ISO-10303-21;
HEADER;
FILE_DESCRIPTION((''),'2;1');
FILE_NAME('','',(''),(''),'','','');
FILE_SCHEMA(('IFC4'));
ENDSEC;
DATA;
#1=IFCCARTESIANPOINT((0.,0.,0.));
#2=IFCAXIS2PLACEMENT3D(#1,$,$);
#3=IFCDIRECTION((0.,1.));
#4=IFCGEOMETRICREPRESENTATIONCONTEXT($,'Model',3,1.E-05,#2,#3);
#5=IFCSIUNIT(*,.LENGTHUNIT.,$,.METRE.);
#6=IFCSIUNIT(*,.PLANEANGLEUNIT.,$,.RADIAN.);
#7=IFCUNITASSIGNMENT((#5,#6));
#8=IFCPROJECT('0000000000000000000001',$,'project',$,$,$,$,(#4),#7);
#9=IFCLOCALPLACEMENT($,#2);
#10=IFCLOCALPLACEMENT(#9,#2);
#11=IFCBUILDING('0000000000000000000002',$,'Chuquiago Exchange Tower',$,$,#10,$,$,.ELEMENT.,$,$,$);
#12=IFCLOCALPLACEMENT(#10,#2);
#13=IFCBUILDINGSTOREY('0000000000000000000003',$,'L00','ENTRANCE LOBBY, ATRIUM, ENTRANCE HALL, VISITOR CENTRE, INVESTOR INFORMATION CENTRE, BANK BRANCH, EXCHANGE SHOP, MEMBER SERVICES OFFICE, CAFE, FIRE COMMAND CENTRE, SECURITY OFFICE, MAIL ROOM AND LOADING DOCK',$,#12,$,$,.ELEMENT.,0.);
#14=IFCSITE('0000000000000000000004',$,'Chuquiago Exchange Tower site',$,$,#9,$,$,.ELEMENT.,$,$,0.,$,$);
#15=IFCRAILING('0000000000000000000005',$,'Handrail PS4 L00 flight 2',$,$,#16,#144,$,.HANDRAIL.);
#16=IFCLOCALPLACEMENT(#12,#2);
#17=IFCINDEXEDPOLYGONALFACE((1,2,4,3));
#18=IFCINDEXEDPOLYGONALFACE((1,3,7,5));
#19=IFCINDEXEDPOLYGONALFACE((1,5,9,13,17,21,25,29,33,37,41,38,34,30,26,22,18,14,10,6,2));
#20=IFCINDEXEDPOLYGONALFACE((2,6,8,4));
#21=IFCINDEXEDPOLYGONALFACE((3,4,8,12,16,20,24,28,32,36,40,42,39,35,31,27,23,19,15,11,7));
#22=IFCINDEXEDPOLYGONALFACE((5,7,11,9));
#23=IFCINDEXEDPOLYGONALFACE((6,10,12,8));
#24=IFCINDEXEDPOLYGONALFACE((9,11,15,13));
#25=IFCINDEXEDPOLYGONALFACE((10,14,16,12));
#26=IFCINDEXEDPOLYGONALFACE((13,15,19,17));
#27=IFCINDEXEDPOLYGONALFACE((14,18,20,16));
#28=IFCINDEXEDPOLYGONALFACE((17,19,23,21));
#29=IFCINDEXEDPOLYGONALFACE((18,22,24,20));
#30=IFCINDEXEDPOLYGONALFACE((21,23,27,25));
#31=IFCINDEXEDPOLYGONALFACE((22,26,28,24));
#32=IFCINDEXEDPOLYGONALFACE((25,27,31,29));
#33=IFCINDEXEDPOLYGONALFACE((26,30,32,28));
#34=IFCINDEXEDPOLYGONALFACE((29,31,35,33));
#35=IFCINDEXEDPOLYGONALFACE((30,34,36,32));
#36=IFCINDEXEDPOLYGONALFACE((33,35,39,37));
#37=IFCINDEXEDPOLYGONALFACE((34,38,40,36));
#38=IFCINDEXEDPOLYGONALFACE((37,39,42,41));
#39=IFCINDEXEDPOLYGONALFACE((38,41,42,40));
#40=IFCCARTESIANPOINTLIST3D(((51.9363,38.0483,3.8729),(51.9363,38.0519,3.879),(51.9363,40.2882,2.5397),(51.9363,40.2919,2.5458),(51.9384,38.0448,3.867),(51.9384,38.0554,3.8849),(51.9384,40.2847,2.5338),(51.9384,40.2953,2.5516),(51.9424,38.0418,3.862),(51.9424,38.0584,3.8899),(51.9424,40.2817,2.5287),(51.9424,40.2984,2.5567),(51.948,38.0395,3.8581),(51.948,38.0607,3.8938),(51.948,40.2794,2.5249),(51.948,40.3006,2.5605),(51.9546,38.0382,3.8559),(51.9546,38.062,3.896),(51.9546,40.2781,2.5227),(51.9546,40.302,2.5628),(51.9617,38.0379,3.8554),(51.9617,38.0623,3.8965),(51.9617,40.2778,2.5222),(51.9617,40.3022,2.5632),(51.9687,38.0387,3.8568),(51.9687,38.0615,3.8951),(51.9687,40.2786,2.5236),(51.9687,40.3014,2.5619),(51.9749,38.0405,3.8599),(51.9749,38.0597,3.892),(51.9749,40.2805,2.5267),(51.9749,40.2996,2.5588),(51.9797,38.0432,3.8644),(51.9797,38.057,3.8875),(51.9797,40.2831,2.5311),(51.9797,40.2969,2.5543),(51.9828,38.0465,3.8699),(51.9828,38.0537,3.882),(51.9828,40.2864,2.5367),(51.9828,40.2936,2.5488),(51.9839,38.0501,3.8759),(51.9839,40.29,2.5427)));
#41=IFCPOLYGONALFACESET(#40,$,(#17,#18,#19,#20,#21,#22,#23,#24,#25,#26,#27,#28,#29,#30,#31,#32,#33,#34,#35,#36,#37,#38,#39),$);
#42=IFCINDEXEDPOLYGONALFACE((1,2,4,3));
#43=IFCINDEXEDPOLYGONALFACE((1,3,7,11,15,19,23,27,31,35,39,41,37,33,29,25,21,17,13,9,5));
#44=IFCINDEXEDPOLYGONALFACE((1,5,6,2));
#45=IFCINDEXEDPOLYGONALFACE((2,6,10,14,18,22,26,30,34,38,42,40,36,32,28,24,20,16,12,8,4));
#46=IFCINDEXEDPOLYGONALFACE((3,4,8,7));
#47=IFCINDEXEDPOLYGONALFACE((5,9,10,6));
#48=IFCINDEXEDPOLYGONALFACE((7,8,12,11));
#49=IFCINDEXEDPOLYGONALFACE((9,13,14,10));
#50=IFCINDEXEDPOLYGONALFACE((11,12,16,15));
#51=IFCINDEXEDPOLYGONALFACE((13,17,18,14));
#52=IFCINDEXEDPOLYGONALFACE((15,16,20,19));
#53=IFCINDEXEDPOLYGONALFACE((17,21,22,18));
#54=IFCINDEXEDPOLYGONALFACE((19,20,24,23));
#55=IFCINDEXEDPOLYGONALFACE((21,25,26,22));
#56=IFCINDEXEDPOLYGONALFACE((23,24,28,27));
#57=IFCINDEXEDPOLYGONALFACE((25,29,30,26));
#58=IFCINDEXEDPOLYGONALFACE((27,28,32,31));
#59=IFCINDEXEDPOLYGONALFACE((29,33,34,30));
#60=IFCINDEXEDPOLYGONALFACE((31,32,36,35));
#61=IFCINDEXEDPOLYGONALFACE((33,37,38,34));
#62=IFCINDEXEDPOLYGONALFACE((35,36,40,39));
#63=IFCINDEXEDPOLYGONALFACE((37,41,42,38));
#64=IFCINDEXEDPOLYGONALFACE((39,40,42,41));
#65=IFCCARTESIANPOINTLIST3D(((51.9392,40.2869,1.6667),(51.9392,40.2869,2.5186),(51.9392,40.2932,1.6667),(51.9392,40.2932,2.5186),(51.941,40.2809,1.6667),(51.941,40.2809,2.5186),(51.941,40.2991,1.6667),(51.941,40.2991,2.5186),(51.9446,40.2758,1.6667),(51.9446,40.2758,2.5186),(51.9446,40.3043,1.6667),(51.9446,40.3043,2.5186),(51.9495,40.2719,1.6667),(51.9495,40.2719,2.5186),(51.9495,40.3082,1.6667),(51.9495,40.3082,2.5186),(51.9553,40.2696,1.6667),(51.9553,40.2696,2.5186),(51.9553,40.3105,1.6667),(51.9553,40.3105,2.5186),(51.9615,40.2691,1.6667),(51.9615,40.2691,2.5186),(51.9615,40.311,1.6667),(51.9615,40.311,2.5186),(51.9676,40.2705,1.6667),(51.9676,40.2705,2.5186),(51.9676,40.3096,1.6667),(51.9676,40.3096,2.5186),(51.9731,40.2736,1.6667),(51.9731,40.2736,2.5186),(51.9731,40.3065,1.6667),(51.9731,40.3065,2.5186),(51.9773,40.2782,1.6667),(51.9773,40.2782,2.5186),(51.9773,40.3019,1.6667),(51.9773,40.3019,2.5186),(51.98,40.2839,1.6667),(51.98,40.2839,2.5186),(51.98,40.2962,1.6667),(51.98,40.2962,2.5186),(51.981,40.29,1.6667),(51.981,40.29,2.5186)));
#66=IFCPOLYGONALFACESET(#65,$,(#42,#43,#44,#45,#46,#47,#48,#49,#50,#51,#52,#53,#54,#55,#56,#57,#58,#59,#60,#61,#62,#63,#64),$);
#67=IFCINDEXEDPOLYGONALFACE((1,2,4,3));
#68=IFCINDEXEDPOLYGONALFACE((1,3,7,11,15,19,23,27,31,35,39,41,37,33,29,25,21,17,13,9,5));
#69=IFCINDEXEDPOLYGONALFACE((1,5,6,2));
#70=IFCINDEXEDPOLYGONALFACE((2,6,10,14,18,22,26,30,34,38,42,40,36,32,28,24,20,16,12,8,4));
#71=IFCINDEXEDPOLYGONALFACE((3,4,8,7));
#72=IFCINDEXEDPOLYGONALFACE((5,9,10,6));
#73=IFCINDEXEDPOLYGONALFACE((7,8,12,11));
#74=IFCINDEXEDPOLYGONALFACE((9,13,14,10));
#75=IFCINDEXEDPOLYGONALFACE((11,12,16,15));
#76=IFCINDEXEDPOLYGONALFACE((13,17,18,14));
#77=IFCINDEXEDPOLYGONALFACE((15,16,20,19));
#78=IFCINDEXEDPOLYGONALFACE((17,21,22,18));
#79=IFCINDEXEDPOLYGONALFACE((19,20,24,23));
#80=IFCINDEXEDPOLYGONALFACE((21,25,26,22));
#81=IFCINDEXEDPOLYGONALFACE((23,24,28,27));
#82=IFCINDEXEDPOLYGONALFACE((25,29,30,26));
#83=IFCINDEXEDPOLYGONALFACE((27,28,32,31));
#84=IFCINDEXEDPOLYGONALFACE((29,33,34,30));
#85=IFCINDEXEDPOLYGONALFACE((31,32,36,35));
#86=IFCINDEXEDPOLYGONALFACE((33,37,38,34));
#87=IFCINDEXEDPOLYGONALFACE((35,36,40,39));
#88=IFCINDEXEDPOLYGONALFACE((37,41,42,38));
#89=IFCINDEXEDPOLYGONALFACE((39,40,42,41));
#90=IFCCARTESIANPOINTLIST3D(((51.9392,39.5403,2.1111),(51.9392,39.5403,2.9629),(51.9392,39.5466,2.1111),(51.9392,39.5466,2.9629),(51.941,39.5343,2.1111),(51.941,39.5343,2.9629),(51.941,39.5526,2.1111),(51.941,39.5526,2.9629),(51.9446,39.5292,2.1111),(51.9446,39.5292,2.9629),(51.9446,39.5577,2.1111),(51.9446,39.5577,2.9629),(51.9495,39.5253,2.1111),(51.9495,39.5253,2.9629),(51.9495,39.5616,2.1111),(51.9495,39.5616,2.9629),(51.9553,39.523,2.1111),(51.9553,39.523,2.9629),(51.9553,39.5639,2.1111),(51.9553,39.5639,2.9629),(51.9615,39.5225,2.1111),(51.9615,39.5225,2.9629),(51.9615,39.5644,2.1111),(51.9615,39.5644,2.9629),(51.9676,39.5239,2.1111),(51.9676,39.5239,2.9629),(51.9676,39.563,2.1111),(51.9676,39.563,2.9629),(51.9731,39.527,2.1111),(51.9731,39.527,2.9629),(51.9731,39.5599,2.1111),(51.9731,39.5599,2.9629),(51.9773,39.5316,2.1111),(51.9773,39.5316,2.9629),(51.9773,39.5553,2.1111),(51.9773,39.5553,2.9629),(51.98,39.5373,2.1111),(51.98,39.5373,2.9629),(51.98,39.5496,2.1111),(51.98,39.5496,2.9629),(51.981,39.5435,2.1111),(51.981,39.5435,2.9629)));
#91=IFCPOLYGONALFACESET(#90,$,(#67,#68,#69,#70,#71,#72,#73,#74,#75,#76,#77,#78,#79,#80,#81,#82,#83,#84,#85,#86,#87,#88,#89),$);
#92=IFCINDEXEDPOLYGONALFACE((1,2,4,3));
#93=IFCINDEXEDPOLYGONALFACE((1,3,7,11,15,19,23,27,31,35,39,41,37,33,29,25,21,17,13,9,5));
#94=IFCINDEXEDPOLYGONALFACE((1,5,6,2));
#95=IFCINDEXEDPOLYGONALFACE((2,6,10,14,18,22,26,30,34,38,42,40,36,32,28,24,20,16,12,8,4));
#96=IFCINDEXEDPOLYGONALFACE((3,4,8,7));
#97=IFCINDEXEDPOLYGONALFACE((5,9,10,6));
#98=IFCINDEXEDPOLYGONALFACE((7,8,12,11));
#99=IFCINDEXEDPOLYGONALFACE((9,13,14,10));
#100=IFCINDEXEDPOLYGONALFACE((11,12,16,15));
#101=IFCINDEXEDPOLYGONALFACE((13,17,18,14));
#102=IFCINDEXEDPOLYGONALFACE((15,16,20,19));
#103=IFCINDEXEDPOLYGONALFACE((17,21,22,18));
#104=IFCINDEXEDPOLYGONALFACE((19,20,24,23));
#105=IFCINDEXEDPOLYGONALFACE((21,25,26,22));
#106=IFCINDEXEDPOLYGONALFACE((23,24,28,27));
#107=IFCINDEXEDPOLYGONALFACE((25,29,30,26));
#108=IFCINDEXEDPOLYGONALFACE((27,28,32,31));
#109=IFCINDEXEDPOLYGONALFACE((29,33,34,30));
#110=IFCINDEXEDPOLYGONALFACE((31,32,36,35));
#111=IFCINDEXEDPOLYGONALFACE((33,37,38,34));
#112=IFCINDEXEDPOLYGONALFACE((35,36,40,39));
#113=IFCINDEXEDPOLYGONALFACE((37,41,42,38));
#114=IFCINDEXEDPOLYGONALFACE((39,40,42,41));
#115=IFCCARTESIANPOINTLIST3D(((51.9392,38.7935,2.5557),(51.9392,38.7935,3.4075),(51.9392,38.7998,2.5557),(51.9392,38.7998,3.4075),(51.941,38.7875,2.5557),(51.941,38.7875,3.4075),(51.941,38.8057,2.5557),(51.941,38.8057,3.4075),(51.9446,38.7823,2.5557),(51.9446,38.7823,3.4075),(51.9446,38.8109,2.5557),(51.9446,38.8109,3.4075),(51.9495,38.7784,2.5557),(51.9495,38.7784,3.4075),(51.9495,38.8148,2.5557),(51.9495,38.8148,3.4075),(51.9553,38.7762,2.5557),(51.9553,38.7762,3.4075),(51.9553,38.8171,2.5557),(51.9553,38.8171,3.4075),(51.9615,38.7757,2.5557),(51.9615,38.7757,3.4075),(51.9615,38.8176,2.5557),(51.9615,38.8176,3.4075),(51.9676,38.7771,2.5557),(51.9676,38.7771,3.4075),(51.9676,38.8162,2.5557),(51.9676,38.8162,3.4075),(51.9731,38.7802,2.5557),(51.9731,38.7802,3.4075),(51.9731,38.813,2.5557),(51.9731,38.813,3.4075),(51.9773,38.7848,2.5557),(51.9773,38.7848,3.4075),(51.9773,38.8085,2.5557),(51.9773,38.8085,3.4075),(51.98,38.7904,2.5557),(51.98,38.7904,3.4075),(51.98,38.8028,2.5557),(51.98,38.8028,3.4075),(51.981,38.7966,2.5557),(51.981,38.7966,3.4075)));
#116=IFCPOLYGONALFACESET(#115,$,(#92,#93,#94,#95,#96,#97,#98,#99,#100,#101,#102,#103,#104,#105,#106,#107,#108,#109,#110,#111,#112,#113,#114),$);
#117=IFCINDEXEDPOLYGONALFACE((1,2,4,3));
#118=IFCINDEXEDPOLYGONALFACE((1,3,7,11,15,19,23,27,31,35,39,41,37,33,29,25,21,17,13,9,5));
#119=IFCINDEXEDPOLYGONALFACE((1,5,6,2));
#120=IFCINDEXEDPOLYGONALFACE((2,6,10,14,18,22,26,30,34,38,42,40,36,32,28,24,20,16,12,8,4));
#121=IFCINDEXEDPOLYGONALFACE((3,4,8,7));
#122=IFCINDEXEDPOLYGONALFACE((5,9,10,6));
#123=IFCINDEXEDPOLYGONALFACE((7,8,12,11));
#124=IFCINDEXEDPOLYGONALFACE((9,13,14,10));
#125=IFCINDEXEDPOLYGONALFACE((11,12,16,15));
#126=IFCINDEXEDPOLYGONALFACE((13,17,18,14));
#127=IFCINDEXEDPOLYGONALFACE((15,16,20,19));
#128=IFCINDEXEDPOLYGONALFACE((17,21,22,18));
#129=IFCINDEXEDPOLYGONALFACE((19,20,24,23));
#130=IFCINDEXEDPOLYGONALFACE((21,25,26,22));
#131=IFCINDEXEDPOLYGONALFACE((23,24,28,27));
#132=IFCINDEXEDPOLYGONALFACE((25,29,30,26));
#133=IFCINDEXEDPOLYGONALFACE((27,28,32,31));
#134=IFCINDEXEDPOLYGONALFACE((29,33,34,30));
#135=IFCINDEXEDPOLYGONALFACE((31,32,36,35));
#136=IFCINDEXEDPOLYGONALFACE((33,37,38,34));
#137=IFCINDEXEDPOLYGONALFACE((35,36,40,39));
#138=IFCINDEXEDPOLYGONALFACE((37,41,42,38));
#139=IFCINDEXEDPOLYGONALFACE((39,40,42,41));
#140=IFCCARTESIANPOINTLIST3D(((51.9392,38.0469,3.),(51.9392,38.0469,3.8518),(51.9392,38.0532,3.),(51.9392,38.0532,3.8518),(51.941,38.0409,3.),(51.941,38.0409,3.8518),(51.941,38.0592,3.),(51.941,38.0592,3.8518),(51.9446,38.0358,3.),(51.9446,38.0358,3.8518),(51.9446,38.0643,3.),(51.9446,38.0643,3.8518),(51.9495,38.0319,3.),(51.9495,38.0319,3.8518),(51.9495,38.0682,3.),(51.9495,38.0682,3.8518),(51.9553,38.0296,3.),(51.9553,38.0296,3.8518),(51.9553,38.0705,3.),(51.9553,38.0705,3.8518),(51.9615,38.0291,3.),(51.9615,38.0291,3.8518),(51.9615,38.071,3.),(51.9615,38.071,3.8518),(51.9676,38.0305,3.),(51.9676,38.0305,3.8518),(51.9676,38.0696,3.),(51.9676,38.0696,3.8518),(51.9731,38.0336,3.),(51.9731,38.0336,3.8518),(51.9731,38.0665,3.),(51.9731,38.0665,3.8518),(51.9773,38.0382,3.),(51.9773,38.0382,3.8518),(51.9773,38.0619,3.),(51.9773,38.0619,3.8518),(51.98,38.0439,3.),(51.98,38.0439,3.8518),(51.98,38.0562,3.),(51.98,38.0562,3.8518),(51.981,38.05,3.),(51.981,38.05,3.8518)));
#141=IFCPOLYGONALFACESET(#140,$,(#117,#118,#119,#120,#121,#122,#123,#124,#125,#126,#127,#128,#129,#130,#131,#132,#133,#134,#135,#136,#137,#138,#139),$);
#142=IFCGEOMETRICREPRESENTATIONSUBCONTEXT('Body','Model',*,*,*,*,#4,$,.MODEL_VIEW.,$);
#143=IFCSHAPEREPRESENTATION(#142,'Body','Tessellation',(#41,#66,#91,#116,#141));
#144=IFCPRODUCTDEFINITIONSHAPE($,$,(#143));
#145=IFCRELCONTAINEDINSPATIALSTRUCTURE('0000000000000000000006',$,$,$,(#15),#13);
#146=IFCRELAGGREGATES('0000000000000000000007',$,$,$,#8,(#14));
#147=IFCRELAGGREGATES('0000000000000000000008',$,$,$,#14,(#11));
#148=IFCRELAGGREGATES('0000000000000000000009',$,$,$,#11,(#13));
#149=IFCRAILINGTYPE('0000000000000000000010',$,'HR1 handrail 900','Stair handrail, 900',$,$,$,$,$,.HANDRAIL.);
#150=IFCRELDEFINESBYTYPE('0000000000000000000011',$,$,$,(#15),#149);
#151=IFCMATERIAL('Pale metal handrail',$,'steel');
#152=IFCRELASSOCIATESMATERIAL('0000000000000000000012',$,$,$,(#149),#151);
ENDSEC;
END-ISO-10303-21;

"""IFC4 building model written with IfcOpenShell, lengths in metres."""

from ifc_helpers import new_model, si_unit, direction, frame, origin, origin_2d, place, context, subcontext, project, spatial, circle, extrude, material, type_object, element, save


model = new_model("IFC4")

# Units and contexts
model_context = context("Model", 3, precision=1e-05, world=origin(), true_north=direction((0.0, 1.0)))
body_context = subcontext(model_context, "Body", "Model", "MODEL_VIEW")
ifc_project = project(units=[si_unit("LENGTHUNIT", "METRE"), si_unit("PLANEANGLEUNIT", "RADIAN")], contexts=[model_context])

# Site, building, storey
site_placement = place(None, origin())
site = spatial("IfcSite", under=ifc_project, at=site_placement, Name="Chuquiago Exchange Tower site", CompositionType="ELEMENT", RefElevation=0.0)
building_placement = place(site_placement, origin())
building = spatial("IfcBuilding", under=site, at=building_placement, Name="Chuquiago Exchange Tower", CompositionType="ELEMENT")
storey_placement = place(building_placement, origin())
storey = spatial("IfcBuildingStorey", under=building, at=storey_placement, Name="L00", Description="ENTRANCE LOBBY, ATRIUM, ENTRANCE HALL, VISITOR CENTRE, INVESTOR INFORMATION CENTRE, BANK BRANCH, EXCHANGE SHOP, MEMBER SERVICES OFFICE, CAFE, FIRE COMMAND CENTRE, SECURITY OFFICE, MAIL ROOM AND LOADING DOCK", CompositionType="ELEMENT", Elevation=0.0)

# Railing
ifc_material_1 = material(Name="Pale metal handrail", Category="steel")
railing_type = type_object("IfcRailingType", Name="HR1 handrail 900", Description="Stair handrail, 900", PredefinedType="HANDRAIL", material=ifc_material_1)
for number, where, name in (
    (1, (51.96, 40.29, 1.6667), "Handrail PS4 L00 flight 2"),
):
    element("IfcRailing", number, at=place(storey_placement, frame(where)), inside=storey, type_object=railing_type, Name=name, PredefinedType="HANDRAIL", context=body_context, shape_type="SweptSolid", body=[
        extrude(circle(Radius=0.0239, at=origin_2d()), frame((0.0, 0.0, 0.876), z_axis=(0.0, -0.859306, 0.511462), x_axis=(1.0, 0.0, 0.0)), (0.0, 0.0, 1.0), 2.6067),
        extrude(circle(Radius=0.021, at=origin_2d()), origin(), (0.0, 0.0, 1.0), 0.8518),
        extrude(circle(Radius=0.021, at=origin_2d()), frame((0.0, -0.7466, 0.4443)), (0.0, 0.0, 1.0), 0.8518),
        extrude(circle(Radius=0.021, at=origin_2d()), frame((0.0, -1.4934, 0.8889)), (0.0, 0.0, 1.0), 0.8518),
        extrude(circle(Radius=0.021, at=origin_2d()), frame((0.0, -2.24, 1.3333)), (0.0, 0.0, 1.0), 0.8518),
    ])

save(model, "model.ifc")
